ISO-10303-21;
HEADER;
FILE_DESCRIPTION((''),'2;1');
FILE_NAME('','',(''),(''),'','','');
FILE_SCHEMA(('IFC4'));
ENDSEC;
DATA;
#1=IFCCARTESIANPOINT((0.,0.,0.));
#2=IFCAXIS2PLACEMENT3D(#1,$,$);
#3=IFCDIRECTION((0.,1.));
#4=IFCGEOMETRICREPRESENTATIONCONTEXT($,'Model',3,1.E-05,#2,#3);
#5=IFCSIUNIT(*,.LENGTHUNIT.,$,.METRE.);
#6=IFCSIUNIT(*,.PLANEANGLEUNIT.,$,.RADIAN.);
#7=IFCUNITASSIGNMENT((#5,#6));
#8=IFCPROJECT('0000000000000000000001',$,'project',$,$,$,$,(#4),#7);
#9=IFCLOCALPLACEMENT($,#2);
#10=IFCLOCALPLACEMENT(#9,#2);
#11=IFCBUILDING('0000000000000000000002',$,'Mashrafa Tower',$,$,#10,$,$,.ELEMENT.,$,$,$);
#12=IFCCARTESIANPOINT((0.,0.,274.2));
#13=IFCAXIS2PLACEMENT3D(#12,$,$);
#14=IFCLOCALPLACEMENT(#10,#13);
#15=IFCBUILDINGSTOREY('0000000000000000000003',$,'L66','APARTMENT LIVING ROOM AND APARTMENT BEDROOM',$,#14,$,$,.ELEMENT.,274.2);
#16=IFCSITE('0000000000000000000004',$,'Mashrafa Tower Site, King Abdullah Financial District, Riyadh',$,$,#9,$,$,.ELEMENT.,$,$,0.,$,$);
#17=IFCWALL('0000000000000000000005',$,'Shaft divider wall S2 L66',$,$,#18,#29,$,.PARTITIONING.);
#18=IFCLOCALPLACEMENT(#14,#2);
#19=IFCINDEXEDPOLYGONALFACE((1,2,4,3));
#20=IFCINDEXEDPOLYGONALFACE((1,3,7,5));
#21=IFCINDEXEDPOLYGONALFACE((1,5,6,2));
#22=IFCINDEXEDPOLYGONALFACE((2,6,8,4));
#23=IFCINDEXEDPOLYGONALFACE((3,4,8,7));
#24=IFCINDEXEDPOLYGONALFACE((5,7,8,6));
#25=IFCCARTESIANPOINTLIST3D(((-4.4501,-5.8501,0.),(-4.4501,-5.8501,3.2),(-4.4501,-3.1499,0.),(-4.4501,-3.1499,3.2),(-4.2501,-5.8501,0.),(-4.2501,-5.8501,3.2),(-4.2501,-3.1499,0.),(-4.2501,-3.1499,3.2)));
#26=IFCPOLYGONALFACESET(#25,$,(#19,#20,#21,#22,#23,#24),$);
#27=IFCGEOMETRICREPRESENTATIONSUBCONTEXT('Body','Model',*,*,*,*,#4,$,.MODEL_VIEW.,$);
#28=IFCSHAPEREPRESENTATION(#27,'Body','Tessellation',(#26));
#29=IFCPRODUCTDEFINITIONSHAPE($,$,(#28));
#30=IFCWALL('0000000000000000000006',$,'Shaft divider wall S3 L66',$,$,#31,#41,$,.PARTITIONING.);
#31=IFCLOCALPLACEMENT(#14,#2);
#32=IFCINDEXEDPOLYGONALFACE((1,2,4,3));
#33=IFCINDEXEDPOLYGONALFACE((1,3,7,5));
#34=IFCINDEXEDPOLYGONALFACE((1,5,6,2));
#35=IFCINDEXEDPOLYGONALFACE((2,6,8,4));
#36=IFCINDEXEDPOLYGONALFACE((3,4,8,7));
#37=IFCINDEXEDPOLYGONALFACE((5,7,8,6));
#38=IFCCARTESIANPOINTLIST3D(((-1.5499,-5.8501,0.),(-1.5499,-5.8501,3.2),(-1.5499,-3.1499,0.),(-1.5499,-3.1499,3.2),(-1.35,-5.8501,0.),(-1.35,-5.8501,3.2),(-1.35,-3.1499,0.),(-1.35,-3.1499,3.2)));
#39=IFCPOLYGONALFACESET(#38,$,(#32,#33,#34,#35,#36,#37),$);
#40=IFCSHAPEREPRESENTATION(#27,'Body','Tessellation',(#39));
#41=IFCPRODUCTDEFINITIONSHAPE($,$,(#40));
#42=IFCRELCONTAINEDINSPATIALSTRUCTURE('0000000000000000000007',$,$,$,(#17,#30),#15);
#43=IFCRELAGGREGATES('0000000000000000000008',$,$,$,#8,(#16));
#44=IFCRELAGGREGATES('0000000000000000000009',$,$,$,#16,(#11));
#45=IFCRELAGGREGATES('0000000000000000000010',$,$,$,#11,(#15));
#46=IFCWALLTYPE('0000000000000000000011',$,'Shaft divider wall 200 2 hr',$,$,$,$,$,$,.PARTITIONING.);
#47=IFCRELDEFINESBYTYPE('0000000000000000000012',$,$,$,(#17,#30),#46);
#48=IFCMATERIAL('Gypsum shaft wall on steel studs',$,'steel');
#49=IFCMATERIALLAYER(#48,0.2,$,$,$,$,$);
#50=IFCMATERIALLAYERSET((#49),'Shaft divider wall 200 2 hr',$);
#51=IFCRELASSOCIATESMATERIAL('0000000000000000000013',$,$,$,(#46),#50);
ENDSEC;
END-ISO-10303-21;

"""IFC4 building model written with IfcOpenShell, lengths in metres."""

from ifc_helpers import new_model, si_unit, direction, frame, frame_2d, origin, place, context, subcontext, project, spatial, rectangle, extrude, material, layer, layer_set, type_object, element, save


model = new_model("IFC4")

# Units and contexts
model_context = context("Model", 3, precision=1e-05, world=origin(), true_north=direction((0.0, 1.0)))
body_context = subcontext(model_context, "Body", "Model", "MODEL_VIEW")
ifc_project = project(units=[si_unit("LENGTHUNIT", "METRE"), si_unit("PLANEANGLEUNIT", "RADIAN")], contexts=[model_context])

# Site, building, storey
site_placement = place(None, origin())
site = spatial("IfcSite", under=ifc_project, at=site_placement, Name="Mashrafa Tower Site, King Abdullah Financial District, Riyadh", CompositionType="ELEMENT", RefElevation=0.0)
building_placement = place(site_placement, origin())
building = spatial("IfcBuilding", under=site, at=building_placement, Name="Mashrafa Tower", CompositionType="ELEMENT")
storey_placement = place(building_placement, frame((0.0, 0.0, 274.2)))
storey = spatial("IfcBuildingStorey", under=building, at=storey_placement, Name="L66", Description="APARTMENT LIVING ROOM AND APARTMENT BEDROOM", CompositionType="ELEMENT", Elevation=274.2)

# Walls
ifc_material_1 = material(Name="Gypsum shaft wall on steel studs", Category="steel")
ifc_layer_1 = layer(ifc_material_1, 0.2)
ifc_layer_set_1 = layer_set([ifc_layer_1], Name="Shaft divider wall 200 2 hr")
wall_type_1 = type_object("IfcWallType", Name="Shaft divider wall 200 2 hr", PredefinedType="PARTITIONING", material=ifc_layer_set_1)
for number, where, z_axis, x_axis, name in (
    (1, (-4.3501, -5.8501, 0.0), (0.0, 0.0, 1.0), (0.0, 1.0, 0.0), "Shaft divider wall S2 L66"),
    (2, (-1.45, -5.8501, 0.0), (0.0, 0.0, 1.0), (0.0, 1.0, 0.0), "Shaft divider wall S3 L66"),
):
    element("IfcWall", number, at=place(storey_placement, frame(where, z_axis=z_axis, x_axis=x_axis)), inside=storey, type_object=wall_type_1, Name=name, PredefinedType="PARTITIONING", context=body_context, shape_type="SweptSolid", body=[
        extrude(rectangle(XDim=2.7002, YDim=0.2, at=frame_2d((1.3501, 0.0))), origin(), (0.0, 0.0, 1.0), 3.2),
    ])

save(model, "model.ifc")
